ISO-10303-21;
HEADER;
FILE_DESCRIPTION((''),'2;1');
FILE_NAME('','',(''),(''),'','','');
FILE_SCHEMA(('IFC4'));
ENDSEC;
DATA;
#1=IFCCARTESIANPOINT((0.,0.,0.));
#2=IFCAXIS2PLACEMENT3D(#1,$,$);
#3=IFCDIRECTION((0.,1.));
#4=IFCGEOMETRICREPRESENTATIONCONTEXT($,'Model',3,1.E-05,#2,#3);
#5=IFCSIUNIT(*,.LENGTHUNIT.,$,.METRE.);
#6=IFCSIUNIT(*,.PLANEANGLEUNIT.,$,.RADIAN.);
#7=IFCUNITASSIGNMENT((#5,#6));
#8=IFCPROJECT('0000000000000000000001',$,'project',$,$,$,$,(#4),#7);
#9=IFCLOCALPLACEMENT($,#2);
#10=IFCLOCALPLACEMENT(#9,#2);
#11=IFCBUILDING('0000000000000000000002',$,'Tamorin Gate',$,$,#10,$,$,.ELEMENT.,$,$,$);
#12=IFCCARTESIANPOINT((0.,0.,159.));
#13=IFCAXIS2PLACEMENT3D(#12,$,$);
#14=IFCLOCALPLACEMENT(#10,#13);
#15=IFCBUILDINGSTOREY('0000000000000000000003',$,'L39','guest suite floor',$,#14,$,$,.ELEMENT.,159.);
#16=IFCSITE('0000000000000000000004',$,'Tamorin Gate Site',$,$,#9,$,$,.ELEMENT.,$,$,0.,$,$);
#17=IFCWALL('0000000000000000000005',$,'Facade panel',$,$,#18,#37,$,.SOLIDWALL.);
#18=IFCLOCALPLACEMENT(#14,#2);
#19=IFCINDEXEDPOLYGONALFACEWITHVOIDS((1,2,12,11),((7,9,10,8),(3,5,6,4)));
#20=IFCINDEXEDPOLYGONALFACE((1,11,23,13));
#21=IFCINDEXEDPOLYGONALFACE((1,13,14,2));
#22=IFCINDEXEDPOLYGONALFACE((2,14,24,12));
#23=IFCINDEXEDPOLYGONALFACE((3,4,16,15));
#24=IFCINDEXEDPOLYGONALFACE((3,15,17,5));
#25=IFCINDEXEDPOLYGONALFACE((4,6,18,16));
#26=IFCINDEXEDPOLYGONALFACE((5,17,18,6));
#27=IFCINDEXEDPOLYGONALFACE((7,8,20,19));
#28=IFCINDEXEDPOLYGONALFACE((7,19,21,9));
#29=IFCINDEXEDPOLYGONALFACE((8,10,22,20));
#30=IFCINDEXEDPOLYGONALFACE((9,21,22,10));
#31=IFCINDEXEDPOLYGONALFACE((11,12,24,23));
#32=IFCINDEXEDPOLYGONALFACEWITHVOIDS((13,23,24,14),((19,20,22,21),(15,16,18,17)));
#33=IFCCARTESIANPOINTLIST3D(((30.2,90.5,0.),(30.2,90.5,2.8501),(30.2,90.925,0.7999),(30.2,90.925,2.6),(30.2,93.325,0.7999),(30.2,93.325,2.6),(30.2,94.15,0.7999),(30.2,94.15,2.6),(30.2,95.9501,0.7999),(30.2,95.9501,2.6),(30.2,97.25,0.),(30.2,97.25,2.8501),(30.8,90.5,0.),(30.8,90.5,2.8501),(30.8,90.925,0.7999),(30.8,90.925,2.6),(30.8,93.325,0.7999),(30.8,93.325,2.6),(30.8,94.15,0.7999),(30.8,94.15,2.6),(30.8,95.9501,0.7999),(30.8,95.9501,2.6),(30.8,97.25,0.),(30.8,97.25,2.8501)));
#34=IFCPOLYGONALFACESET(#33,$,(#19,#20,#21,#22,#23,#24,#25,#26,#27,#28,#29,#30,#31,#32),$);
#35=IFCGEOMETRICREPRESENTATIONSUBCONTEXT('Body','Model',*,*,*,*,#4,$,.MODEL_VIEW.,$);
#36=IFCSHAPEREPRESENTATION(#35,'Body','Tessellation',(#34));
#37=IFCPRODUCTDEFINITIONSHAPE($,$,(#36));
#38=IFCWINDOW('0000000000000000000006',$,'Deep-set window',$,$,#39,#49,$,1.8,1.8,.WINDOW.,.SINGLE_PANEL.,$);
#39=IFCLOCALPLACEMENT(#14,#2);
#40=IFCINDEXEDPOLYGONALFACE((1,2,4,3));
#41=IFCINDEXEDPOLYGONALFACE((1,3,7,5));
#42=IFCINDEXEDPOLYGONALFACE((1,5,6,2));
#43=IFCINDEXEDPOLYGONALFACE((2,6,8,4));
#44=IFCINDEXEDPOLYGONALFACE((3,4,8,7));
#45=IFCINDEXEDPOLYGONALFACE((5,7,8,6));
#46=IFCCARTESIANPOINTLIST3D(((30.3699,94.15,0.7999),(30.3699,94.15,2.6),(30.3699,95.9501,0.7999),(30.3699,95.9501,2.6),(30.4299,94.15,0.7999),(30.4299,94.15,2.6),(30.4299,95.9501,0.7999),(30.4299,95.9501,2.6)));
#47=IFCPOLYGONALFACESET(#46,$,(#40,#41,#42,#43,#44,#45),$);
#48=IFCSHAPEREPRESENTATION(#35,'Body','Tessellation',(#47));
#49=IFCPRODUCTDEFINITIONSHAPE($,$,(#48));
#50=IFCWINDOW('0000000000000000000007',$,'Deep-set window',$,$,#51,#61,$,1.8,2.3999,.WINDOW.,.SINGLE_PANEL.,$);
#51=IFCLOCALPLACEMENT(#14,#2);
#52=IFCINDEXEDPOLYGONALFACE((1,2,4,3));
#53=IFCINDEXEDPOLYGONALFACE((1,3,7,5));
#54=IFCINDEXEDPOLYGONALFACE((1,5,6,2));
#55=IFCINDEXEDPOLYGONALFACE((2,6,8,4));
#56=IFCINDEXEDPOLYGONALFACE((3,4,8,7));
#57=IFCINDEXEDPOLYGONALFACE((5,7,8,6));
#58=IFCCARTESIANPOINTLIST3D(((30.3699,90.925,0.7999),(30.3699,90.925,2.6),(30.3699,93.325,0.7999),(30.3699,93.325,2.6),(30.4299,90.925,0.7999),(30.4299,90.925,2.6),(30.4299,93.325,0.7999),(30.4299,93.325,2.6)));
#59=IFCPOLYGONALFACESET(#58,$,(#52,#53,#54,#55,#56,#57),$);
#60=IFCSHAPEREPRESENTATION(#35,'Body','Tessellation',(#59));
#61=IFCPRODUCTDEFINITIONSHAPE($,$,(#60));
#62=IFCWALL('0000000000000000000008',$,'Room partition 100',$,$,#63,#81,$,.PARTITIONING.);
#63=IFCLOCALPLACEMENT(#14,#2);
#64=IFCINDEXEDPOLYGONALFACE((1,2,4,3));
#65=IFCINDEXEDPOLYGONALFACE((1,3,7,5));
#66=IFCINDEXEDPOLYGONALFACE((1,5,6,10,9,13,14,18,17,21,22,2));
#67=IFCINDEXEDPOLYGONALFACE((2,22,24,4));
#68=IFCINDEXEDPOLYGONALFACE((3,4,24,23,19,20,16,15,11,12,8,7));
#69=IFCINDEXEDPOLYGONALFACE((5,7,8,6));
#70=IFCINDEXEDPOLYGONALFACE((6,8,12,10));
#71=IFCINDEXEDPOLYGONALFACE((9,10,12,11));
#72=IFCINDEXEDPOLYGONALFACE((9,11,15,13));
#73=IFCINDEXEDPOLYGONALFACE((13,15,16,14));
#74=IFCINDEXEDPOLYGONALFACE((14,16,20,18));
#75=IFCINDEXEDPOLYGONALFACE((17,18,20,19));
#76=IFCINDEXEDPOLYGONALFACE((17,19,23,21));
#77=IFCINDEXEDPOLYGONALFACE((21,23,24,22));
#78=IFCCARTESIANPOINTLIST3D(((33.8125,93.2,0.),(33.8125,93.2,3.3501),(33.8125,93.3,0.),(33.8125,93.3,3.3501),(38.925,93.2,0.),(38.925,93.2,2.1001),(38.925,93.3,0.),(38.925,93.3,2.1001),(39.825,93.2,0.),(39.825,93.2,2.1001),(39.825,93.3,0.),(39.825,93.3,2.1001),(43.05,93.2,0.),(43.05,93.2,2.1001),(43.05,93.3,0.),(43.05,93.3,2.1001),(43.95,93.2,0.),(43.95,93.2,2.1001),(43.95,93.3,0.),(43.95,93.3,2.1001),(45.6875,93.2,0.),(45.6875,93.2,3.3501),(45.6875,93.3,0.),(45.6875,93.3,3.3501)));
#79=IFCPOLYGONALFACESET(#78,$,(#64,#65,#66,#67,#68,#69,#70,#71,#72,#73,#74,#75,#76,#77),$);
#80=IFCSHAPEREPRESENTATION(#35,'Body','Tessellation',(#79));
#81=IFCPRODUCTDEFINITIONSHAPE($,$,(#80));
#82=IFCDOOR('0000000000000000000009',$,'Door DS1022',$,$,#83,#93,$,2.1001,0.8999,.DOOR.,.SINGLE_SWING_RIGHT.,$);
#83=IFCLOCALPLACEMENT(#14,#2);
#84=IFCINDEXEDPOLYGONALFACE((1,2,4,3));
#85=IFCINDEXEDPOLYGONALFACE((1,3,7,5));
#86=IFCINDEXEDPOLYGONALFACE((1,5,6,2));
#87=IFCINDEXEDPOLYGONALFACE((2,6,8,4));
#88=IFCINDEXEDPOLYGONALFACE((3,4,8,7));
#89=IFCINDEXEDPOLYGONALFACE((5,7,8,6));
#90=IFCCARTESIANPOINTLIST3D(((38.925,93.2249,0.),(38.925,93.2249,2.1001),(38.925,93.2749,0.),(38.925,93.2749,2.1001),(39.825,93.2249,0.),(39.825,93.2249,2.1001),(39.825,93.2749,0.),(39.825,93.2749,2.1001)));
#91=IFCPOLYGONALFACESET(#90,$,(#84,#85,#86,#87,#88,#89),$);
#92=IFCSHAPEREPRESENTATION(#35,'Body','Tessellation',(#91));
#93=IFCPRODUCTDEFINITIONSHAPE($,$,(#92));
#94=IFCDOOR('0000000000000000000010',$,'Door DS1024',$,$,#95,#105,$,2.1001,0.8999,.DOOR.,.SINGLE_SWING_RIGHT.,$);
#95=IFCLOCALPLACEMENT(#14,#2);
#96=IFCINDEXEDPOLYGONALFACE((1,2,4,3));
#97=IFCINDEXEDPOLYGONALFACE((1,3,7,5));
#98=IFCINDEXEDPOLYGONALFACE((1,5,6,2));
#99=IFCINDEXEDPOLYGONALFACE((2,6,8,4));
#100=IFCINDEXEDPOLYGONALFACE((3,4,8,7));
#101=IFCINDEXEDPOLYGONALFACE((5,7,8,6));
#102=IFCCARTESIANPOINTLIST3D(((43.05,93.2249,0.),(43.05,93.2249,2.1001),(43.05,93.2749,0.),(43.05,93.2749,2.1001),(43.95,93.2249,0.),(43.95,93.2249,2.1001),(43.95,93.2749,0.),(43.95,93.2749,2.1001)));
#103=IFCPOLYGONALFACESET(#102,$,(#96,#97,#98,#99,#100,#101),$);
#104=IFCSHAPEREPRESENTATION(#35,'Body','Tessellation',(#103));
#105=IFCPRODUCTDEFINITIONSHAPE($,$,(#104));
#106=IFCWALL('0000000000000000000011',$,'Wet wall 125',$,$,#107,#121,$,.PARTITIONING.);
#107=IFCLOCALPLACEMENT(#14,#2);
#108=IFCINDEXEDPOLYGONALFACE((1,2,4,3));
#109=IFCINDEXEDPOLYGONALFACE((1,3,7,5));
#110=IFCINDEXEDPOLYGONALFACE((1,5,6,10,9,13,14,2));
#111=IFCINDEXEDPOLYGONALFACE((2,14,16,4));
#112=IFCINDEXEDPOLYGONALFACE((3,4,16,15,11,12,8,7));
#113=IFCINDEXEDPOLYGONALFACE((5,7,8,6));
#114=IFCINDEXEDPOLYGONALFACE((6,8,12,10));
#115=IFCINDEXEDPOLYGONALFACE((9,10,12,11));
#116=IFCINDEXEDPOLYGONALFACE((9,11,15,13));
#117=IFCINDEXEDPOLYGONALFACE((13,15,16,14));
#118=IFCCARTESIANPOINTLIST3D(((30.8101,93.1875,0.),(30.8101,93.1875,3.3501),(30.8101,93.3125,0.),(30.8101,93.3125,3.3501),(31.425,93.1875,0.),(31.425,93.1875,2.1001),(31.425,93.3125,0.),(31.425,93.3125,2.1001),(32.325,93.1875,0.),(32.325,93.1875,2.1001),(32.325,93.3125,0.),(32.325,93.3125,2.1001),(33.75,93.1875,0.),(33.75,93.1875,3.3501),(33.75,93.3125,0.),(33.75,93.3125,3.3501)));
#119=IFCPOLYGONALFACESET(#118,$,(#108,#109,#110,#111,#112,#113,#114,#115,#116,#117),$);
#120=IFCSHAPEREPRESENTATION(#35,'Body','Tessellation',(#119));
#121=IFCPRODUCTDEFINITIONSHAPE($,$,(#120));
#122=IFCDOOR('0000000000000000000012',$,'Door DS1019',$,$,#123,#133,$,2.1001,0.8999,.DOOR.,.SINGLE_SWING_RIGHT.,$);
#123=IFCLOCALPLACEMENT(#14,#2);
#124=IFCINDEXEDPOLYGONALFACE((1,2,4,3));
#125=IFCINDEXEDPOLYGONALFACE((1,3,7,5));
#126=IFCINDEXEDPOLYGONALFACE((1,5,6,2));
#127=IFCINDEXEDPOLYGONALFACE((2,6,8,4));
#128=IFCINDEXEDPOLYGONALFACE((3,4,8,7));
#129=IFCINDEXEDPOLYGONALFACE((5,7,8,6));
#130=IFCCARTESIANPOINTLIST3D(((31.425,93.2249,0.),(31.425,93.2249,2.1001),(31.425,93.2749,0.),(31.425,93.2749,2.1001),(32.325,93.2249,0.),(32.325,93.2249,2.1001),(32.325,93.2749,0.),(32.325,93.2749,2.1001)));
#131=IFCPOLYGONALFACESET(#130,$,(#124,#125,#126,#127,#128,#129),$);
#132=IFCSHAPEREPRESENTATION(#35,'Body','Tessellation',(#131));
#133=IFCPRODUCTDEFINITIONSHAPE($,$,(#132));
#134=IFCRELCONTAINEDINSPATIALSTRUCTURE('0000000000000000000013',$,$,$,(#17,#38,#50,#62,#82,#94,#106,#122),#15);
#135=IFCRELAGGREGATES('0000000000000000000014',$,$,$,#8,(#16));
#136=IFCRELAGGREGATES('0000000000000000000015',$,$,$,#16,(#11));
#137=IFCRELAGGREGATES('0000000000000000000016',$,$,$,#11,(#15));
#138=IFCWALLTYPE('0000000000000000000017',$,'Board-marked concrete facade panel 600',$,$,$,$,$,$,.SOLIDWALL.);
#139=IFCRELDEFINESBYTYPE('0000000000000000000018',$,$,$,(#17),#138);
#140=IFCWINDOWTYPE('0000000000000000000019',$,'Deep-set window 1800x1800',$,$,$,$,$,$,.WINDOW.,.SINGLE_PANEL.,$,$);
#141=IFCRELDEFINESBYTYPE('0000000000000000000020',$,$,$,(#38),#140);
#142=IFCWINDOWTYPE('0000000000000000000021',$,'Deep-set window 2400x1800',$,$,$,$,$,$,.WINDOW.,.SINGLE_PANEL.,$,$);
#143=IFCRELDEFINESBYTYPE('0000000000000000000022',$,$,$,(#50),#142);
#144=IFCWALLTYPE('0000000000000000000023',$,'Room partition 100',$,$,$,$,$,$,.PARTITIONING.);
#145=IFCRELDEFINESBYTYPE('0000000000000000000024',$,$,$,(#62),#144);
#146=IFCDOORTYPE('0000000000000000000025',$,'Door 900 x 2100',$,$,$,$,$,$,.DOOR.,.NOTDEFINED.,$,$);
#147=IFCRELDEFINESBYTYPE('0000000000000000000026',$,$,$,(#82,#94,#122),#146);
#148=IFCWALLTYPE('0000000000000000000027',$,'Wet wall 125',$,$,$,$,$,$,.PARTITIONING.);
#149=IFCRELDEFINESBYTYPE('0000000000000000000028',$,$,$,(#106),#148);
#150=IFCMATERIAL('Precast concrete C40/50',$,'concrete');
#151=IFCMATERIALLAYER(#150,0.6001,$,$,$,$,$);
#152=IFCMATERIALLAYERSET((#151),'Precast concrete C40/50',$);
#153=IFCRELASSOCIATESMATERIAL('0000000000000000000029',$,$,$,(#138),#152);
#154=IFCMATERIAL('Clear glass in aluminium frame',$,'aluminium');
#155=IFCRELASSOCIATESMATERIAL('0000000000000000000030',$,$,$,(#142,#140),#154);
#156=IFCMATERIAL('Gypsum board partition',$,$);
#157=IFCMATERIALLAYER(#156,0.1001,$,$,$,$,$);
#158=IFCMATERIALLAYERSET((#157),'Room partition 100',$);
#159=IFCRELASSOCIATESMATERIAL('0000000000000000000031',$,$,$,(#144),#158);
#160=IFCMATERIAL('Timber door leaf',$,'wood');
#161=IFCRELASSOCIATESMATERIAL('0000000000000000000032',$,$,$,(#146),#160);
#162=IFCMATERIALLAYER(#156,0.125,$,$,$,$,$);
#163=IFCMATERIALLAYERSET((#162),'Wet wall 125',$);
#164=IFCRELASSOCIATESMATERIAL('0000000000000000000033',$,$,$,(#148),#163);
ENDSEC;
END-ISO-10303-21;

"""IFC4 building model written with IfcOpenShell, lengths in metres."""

from ifc_helpers import new_model, si_unit, direction, frame, frame_2d, origin, place, context, subcontext, project, spatial, rectangle, extrude, material, layer, layer_set, type_object, element, fill, save


model = new_model("IFC4")

# Units and contexts
model_context = context("Model", 3, precision=1e-05, world=origin(), true_north=direction((0.0, 1.0)))
body_context = subcontext(model_context, "Body", "Model", "MODEL_VIEW")
ifc_project = project(units=[si_unit("LENGTHUNIT", "METRE"), si_unit("PLANEANGLEUNIT", "RADIAN")], contexts=[model_context])

# Site, building, storey
site_placement = place(None, origin())
site = spatial("IfcSite", under=ifc_project, at=site_placement, Name="Tamorin Gate Site", CompositionType="ELEMENT", RefElevation=0.0)
building_placement = place(site_placement, origin())
building = spatial("IfcBuilding", under=site, at=building_placement, Name="Tamorin Gate", CompositionType="ELEMENT")
storey_placement = place(building_placement, frame((0.0, 0.0, 159.0)))
storey = spatial("IfcBuildingStorey", under=building, at=storey_placement, Name="L39", Description="guest suite floor", CompositionType="ELEMENT", Elevation=159.0)

# Shared definitions
ifc_material_1 = material(Name="Precast concrete C40/50", Category="concrete")
ifc_layer_1 = layer(ifc_material_1, 0.6001)
ifc_layer_set_1 = layer_set([ifc_layer_1], Name="Precast concrete C40/50")
wall_type_1 = type_object("IfcWallType", Name="Board-marked concrete facade panel 600", PredefinedType="SOLIDWALL", material=ifc_layer_set_1)

# Shared definitions
ifc_material_2 = material(Name="Clear glass in aluminium frame", Category="aluminium")
window_type_1 = type_object("IfcWindowType", Name="Deep-set window 2400x1800", PartitioningType="SINGLE_PANEL", PredefinedType="WINDOW", material=ifc_material_2)

# Wall, openings, windows
wall_1_placement = place(storey_placement, frame((30.5, 97.25, 0.0), z_axis=(0.0, 0.0, 1.0), x_axis=(0.0, -1.0, 0.0)))
wall_1 = element("IfcWall", 1, at=wall_1_placement, inside=storey, type_object=wall_type_1, Name="Facade panel", PredefinedType="SOLIDWALL", context=body_context, shape_type="SweptSolid", body=[
    extrude(rectangle(XDim=6.75, YDim=0.6001, at=frame_2d((3.375, 0.0))), origin(), (0.0, 0.0, 1.0), 2.8501),
])
opening_1_placement = place(wall_1_placement, frame((3.925, 0.0, 0.8)))
opening_1 = element("IfcOpeningElement", 2, at=opening_1_placement, cuts=wall_1, PredefinedType="OPENING", context=body_context, shape_type="SweptSolid", body=[
    extrude(rectangle(XDim=2.3999, YDim=1.8, at=frame_2d((1.2, 0.8999))), frame((0.0, 0.3101, 0.0), z_axis=(0.0, -1.0, 0.0), x_axis=(1.0, 0.0, 0.0)), (0.0, 0.0, 1.0), 0.6201),
])
opening_2_placement = place(wall_1_placement, frame((1.3, 0.0, 0.8)))
opening_2 = element("IfcOpeningElement", 3, at=opening_2_placement, cuts=wall_1, PredefinedType="OPENING", context=body_context, shape_type="SweptSolid", body=[
    extrude(rectangle(XDim=1.8, YDim=1.8, at=frame_2d((0.8999, 0.8999))), frame((0.0, 0.3101, 0.0), z_axis=(0.0, -1.0, 0.0), x_axis=(1.0, 0.0, 0.0)), (0.0, 0.0, 1.0), 0.6201),
])
window_type_2 = type_object("IfcWindowType", Name="Deep-set window 1800x1800", PartitioningType="SINGLE_PANEL", PredefinedType="WINDOW", material=ifc_material_2)
window_1_placement = place(opening_2_placement, origin())
window_1 = element("IfcWindow", 4, at=window_1_placement, inside=storey, type_object=window_type_2, Name="Deep-set window", OverallHeight=1.8, OverallWidth=1.8, PartitioningType="SINGLE_PANEL", PredefinedType="WINDOW", context=body_context, shape_type="SweptSolid", body=[
    extrude(rectangle(XDim=1.8, YDim=1.8, at=frame_2d((0.8999, 0.8999))), frame((0.0, -0.0701, 0.0), z_axis=(0.0, -1.0, 0.0), x_axis=(1.0, 0.0, 0.0)), (0.0, 0.0, 1.0), 0.0601),
])
fill(opening_2, window_1)
window_2_placement = place(opening_1_placement, origin())
window_2 = element("IfcWindow", 5, at=window_2_placement, inside=storey, type_object=window_type_1, Name="Deep-set window", OverallHeight=1.8, OverallWidth=2.3999, PartitioningType="SINGLE_PANEL", PredefinedType="WINDOW", context=body_context, shape_type="SweptSolid", body=[
    extrude(rectangle(XDim=2.3999, YDim=1.8, at=frame_2d((1.2, 0.8999))), frame((0.0, -0.0701, 0.0), z_axis=(0.0, -1.0, 0.0), x_axis=(1.0, 0.0, 0.0)), (0.0, 0.0, 1.0), 0.0601),
])
fill(opening_1, window_2)

# Wall, openings, doors
ifc_material_3 = material(Name="Gypsum board partition")
ifc_layer_2 = layer(ifc_material_3, 0.1001)
ifc_layer_set_2 = layer_set([ifc_layer_2], Name="Room partition 100")
wall_type_2 = type_object("IfcWallType", Name="Room partition 100", PredefinedType="PARTITIONING", material=ifc_layer_set_2)
wall_2_placement = place(storey_placement, frame((33.8125, 93.25, 0.0), z_axis=(0.0, 0.0, 1.0), x_axis=(1.0, 0.0, 0.0)))
wall_2 = element("IfcWall", 6, at=wall_2_placement, inside=storey, type_object=wall_type_2, Name="Room partition 100", PredefinedType="PARTITIONING", context=body_context, shape_type="SweptSolid", body=[
    extrude(rectangle(XDim=11.875, YDim=0.1001, at=frame_2d((5.9375, 0.0))), origin(), (0.0, 0.0, 1.0), 3.3501),
])
opening_3_placement = place(wall_2_placement, frame((5.1125, 0.0, 0.0)))
opening_3 = element("IfcOpeningElement", 7, at=opening_3_placement, cuts=wall_2, PredefinedType="OPENING", context=body_context, shape_type="SweptSolid", body=[
    extrude(rectangle(XDim=0.8999, YDim=2.1001, at=frame_2d((0.45, 1.05))), frame((0.0, 0.0601, 0.0), z_axis=(0.0, -1.0, 0.0), x_axis=(1.0, 0.0, 0.0)), (0.0, 0.0, 1.0), 0.1201),
])
opening_4_placement = place(wall_2_placement, frame((9.2375, 0.0, 0.0)))
opening_4 = element("IfcOpeningElement", 8, at=opening_4_placement, cuts=wall_2, PredefinedType="OPENING", context=body_context, shape_type="SweptSolid", body=[
    extrude(rectangle(XDim=0.8999, YDim=2.1001, at=frame_2d((0.45, 1.05))), frame((0.0, 0.0601, 0.0), z_axis=(0.0, -1.0, 0.0), x_axis=(1.0, 0.0, 0.0)), (0.0, 0.0, 1.0), 0.1201),
])
ifc_material_4 = material(Name="Timber door leaf", Category="wood")
door_type = type_object("IfcDoorType", Name="Door 900 x 2100", OperationType="NOTDEFINED", PredefinedType="DOOR", material=ifc_material_4)
door_1_placement = place(opening_3_placement, origin())
door_1 = element("IfcDoor", 9, at=door_1_placement, inside=storey, type_object=door_type, Name="Door DS1022", OperationType="SINGLE_SWING_RIGHT", OverallHeight=2.1001, OverallWidth=0.8999, PredefinedType="DOOR", context=body_context, shape_type="SweptSolid", body=[
    extrude(rectangle(XDim=0.8999, YDim=2.1001, at=frame_2d((0.45, 1.05))), frame((0.0, 0.0249, 0.0), z_axis=(0.0, -1.0, 0.0), x_axis=(1.0, 0.0, 0.0)), (0.0, 0.0, 1.0), 0.05),
])
fill(opening_3, door_1)
door_2_placement = place(opening_4_placement, origin())
door_2 = element("IfcDoor", 10, at=door_2_placement, inside=storey, type_object=door_type, Name="Door DS1024", OperationType="SINGLE_SWING_RIGHT", OverallHeight=2.1001, OverallWidth=0.8999, PredefinedType="DOOR", context=body_context, shape_type="SweptSolid", body=[
    extrude(rectangle(XDim=0.8999, YDim=2.1001, at=frame_2d((0.45, 1.05))), frame((0.0, 0.0249, 0.0), z_axis=(0.0, -1.0, 0.0), x_axis=(1.0, 0.0, 0.0)), (0.0, 0.0, 1.0), 0.05),
])
fill(opening_4, door_2)

# Wall, opening, door
ifc_layer_3 = layer(ifc_material_3, 0.125)
ifc_layer_set_3 = layer_set([ifc_layer_3], Name="Wet wall 125")
wall_type_3 = type_object("IfcWallType", Name="Wet wall 125", PredefinedType="PARTITIONING", material=ifc_layer_set_3)
wall_3_placement = place(storey_placement, frame((30.8101, 93.25, 0.0), z_axis=(0.0, 0.0, 1.0), x_axis=(1.0, 0.0, 0.0)))
wall_3 = element("IfcWall", 11, at=wall_3_placement, inside=storey, type_object=wall_type_3, Name="Wet wall 125", PredefinedType="PARTITIONING", context=body_context, shape_type="SweptSolid", body=[
    extrude(rectangle(XDim=2.9399, YDim=0.125, at=frame_2d((1.47, 0.0))), origin(), (0.0, 0.0, 1.0), 3.3501),
])
opening_5_placement = place(wall_3_placement, frame((0.615, 0.0, 0.0)))
opening_5 = element("IfcOpeningElement", 12, at=opening_5_placement, cuts=wall_3, PredefinedType="OPENING", context=body_context, shape_type="SweptSolid", body=[
    extrude(rectangle(XDim=0.8999, YDim=2.1001, at=frame_2d((0.45, 1.05))), frame((0.0, 0.0725, 0.0), z_axis=(0.0, -1.0, 0.0), x_axis=(1.0, 0.0, 0.0)), (0.0, 0.0, 1.0), 0.145),
])
door_3_placement = place(opening_5_placement, origin())
door_3 = element("IfcDoor", 13, at=door_3_placement, inside=storey, type_object=door_type, Name="Door DS1019", OperationType="SINGLE_SWING_RIGHT", OverallHeight=2.1001, OverallWidth=0.8999, PredefinedType="DOOR", context=body_context, shape_type="SweptSolid", body=[
    extrude(rectangle(XDim=0.8999, YDim=2.1001, at=frame_2d((0.45, 1.05))), frame((0.0, 0.0249, 0.0), z_axis=(0.0, -1.0, 0.0), x_axis=(1.0, 0.0, 0.0)), (0.0, 0.0, 1.0), 0.05),
])
fill(opening_5, door_3)

save(model, "model.ifc")
